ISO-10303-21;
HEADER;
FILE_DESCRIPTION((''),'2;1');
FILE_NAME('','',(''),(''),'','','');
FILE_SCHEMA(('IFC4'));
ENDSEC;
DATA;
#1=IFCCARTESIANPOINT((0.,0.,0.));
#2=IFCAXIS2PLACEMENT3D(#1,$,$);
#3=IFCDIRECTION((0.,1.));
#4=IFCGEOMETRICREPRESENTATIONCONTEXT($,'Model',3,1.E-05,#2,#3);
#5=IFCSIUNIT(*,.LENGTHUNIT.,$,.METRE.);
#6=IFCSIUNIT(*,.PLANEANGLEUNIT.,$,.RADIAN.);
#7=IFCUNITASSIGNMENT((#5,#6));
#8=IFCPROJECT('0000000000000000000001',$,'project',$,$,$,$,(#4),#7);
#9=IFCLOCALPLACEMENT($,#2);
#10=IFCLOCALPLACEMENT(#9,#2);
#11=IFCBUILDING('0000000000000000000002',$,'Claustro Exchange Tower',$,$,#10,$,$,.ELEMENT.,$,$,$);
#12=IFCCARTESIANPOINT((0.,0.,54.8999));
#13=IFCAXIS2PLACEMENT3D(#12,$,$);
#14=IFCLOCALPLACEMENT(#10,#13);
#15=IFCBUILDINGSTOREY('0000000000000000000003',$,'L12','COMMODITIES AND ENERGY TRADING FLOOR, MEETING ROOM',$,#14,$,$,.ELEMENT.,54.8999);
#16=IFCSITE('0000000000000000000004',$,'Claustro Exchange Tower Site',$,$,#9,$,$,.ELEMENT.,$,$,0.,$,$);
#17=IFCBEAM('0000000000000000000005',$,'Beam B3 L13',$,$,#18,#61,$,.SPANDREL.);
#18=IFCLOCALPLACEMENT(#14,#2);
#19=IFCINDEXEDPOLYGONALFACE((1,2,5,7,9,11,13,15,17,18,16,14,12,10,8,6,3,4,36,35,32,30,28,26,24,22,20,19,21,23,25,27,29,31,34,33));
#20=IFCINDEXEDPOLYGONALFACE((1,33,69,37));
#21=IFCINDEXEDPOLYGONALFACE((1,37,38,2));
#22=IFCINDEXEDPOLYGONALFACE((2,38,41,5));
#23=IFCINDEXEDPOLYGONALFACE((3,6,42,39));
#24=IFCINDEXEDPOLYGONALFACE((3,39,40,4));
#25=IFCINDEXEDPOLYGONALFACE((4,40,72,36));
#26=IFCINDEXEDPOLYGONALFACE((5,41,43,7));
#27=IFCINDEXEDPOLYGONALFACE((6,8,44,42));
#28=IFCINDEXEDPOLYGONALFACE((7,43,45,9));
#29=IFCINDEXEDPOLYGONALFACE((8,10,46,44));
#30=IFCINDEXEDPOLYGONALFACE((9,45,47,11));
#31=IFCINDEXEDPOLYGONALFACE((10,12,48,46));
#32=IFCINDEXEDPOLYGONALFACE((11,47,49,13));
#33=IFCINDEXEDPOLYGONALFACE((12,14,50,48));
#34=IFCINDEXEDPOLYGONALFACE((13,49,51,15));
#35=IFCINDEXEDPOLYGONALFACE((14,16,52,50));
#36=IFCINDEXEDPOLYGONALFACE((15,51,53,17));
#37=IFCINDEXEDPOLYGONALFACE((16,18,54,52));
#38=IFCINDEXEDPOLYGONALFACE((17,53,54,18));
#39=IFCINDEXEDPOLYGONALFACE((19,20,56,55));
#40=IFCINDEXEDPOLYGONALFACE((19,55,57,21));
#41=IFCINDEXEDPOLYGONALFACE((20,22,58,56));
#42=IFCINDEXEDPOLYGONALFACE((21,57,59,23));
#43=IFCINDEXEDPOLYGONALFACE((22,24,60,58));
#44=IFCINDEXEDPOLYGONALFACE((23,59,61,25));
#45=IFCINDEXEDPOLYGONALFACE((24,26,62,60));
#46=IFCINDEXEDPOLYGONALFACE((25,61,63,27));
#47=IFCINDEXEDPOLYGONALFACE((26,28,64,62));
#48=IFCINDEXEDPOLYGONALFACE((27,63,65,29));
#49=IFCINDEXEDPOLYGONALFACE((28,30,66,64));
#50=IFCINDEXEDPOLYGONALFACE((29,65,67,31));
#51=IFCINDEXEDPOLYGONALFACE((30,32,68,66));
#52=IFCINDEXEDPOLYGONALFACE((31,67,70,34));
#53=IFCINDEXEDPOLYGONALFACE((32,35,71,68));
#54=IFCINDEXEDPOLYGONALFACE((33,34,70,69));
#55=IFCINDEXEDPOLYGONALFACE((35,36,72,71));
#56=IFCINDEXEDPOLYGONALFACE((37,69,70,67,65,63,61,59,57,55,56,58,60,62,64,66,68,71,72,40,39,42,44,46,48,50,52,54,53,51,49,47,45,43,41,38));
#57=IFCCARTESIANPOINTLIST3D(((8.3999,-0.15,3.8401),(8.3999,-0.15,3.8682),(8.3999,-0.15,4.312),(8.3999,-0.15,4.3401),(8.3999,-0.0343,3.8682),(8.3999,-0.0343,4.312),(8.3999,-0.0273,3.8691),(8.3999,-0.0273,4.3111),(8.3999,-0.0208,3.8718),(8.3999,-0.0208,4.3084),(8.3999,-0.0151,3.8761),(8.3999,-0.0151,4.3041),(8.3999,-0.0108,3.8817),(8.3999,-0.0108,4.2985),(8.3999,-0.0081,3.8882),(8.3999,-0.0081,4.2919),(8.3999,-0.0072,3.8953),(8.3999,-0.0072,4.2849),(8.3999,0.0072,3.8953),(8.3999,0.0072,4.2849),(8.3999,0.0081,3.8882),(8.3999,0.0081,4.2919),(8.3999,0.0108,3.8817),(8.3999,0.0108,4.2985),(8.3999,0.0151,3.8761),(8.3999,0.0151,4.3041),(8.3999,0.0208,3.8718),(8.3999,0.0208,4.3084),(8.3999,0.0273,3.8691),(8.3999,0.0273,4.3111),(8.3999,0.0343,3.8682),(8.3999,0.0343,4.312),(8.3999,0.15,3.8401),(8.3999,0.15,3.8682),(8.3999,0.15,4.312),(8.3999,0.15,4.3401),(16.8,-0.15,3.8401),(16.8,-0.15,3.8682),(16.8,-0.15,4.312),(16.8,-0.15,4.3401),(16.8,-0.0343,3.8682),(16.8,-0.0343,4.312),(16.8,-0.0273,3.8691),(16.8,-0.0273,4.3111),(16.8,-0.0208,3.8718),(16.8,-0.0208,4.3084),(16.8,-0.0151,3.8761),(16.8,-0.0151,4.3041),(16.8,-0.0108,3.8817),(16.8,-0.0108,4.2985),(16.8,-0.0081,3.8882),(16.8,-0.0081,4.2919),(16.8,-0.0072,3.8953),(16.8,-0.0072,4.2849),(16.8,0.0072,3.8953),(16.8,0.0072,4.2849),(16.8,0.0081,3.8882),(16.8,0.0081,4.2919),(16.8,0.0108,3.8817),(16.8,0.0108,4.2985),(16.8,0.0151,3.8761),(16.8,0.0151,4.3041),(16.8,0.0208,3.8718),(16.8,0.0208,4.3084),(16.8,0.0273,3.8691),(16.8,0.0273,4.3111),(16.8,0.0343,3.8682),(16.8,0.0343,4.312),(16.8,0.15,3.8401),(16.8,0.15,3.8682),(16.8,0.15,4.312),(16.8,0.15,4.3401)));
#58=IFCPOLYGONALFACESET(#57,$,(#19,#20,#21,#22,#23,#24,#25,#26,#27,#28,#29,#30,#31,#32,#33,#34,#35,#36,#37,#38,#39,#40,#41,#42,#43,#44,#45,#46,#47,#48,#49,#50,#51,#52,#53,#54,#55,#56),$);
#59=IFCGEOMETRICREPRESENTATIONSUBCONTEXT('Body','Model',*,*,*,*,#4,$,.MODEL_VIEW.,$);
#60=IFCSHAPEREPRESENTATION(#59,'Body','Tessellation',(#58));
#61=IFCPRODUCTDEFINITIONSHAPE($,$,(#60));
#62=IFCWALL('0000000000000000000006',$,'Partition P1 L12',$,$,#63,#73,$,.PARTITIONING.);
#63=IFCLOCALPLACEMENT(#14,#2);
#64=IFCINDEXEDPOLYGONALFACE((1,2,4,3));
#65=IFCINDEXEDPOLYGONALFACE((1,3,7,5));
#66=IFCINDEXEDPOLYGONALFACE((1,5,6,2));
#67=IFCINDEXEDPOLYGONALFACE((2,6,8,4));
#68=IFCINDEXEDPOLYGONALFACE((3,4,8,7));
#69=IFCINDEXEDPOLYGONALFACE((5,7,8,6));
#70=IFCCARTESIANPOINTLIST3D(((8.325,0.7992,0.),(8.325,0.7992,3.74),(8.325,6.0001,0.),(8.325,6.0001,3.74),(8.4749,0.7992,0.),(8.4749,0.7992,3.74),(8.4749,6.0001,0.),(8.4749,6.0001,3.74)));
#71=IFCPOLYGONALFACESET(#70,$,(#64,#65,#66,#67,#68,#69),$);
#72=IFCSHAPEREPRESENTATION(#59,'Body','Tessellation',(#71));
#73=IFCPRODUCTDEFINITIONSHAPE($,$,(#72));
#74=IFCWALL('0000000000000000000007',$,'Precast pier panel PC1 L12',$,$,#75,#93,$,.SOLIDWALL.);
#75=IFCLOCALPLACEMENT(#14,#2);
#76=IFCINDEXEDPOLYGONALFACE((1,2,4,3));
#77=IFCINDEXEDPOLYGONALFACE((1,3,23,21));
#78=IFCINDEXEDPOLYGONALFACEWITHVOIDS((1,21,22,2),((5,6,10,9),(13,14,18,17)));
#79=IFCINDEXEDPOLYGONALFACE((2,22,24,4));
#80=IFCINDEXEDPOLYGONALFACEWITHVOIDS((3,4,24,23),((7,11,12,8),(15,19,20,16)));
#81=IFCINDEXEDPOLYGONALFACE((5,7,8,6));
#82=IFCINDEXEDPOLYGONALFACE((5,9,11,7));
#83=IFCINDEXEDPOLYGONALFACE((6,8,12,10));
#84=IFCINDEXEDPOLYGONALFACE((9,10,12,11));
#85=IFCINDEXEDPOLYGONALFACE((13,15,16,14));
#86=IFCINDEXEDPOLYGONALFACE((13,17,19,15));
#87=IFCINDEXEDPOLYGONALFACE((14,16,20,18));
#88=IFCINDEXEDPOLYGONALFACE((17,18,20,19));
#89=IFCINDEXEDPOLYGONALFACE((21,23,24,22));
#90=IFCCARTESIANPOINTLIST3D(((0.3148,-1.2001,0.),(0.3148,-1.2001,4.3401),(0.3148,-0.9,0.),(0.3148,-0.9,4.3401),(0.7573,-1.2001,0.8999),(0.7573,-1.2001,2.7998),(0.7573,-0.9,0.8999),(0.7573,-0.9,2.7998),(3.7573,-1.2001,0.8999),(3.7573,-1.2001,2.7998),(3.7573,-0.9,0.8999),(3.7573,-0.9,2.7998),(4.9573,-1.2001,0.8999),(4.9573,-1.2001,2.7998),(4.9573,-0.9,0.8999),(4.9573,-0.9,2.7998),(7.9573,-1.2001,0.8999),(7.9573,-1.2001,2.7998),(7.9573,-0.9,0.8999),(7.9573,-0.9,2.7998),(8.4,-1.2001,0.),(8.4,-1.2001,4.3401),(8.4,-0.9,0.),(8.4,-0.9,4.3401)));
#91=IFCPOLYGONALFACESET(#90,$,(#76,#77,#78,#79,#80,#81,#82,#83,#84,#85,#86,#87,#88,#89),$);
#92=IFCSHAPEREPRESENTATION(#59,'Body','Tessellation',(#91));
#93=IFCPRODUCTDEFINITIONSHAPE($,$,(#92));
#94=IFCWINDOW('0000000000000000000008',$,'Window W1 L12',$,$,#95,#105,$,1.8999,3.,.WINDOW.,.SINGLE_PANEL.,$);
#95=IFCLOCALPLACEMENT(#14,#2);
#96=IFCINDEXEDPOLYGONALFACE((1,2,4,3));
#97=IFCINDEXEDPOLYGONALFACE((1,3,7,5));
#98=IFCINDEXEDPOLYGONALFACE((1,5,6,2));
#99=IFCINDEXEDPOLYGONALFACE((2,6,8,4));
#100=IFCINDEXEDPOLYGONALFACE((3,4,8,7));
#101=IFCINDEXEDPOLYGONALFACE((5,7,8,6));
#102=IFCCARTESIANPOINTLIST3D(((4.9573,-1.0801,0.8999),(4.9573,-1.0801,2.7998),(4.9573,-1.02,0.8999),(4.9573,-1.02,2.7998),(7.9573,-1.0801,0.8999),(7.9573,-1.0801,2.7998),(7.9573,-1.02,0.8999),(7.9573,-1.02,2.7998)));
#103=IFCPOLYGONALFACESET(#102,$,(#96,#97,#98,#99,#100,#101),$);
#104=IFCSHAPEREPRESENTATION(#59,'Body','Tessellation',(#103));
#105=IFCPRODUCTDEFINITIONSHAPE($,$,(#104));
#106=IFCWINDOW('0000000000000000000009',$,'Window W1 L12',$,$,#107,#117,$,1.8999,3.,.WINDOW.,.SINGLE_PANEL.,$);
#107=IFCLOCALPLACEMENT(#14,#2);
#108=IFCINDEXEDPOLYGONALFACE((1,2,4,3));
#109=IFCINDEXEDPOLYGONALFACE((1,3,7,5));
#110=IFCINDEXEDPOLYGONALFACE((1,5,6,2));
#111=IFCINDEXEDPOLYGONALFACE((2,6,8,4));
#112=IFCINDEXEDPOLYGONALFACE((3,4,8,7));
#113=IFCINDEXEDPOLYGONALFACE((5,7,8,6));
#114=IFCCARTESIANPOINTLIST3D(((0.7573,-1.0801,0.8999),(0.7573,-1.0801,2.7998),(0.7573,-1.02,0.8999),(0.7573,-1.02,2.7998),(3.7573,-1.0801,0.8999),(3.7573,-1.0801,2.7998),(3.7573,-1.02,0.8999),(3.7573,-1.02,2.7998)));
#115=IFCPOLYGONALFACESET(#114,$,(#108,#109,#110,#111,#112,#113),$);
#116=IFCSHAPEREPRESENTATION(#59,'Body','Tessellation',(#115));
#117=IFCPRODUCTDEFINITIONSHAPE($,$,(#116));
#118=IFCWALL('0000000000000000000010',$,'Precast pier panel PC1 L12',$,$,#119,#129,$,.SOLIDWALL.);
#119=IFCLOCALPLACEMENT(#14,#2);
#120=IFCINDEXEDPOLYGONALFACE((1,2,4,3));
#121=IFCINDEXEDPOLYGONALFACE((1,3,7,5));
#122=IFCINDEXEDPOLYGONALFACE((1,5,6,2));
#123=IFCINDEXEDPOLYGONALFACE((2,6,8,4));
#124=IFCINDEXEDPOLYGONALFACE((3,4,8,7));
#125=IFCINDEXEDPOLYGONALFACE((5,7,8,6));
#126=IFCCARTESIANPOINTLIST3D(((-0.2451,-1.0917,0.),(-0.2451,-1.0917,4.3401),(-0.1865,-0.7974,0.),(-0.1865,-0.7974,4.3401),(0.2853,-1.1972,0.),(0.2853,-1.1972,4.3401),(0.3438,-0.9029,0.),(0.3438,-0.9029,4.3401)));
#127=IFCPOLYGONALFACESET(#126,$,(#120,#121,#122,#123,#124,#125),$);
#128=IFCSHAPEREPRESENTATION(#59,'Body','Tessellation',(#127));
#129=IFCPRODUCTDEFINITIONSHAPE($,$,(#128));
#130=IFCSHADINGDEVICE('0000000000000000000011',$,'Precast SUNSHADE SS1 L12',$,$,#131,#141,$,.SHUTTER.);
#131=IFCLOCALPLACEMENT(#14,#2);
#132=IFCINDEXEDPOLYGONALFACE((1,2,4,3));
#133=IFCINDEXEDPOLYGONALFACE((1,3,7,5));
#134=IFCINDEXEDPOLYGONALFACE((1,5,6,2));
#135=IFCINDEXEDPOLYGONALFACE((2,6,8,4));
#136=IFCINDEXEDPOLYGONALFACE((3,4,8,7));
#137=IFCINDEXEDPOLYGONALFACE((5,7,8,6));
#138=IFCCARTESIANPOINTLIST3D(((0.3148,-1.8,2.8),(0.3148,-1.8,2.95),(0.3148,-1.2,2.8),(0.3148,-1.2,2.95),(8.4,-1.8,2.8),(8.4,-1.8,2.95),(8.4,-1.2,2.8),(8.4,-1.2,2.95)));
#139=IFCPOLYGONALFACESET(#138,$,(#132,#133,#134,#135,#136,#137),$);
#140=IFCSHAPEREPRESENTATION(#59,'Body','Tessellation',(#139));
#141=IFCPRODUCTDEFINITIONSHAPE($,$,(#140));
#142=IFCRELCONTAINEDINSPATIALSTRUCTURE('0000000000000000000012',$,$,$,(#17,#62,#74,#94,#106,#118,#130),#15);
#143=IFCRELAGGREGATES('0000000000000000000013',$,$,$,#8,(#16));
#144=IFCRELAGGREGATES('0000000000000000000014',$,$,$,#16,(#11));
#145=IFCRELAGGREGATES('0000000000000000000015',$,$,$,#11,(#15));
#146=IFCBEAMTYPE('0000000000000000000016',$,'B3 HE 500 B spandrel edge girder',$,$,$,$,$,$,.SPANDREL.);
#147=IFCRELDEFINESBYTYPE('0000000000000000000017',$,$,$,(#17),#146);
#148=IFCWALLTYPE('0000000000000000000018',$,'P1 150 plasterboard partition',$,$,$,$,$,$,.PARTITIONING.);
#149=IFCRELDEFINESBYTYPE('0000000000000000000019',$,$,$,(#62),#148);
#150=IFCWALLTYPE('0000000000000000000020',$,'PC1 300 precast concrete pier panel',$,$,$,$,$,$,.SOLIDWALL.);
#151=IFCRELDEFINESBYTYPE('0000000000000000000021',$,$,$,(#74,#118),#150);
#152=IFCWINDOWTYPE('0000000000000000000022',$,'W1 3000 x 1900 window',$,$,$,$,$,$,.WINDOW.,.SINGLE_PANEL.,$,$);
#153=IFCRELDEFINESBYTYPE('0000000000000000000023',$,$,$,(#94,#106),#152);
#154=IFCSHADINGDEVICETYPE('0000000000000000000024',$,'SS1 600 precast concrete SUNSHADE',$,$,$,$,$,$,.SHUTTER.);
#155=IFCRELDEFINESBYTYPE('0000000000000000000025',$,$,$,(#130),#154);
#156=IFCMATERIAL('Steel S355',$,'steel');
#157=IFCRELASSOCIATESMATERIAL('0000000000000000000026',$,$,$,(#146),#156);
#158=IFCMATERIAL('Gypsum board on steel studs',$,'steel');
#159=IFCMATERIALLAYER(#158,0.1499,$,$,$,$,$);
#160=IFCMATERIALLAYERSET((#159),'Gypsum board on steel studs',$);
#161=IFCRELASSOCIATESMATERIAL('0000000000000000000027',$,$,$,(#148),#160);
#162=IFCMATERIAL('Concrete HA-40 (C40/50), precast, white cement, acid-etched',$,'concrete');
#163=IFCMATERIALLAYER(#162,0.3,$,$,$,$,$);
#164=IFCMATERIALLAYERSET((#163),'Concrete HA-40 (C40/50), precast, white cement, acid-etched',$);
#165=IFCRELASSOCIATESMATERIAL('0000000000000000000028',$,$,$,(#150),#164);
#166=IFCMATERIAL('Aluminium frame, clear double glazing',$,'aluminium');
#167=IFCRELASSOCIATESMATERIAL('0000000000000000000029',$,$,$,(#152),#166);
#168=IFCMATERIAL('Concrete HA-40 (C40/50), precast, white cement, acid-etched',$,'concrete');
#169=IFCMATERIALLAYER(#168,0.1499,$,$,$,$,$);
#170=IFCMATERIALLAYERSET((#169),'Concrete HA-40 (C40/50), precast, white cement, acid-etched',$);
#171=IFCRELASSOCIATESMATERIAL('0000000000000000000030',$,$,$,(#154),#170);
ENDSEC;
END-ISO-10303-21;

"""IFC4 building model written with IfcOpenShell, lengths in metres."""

from ifc_helpers import new_model, si_unit, direction, frame, frame_2d, origin, origin_2d, place, context, subcontext, project, spatial, rectangle, i_section, extrude, material, layer, layer_set, material_profile, profile_set, type_object, element, fill, save


model = new_model("IFC4")

# Units and contexts
model_context = context("Model", 3, precision=1e-05, world=origin(), true_north=direction((0.0, 1.0)))
body_context = subcontext(model_context, "Body", "Model", "MODEL_VIEW")
ifc_project = project(units=[si_unit("LENGTHUNIT", "METRE"), si_unit("PLANEANGLEUNIT", "RADIAN")], contexts=[model_context])

# Site, building, storey
site_placement = place(None, origin())
site = spatial("IfcSite", under=ifc_project, at=site_placement, Name="Claustro Exchange Tower Site", CompositionType="ELEMENT", RefElevation=0.0)
building_placement = place(site_placement, origin())
building = spatial("IfcBuilding", under=site, at=building_placement, Name="Claustro Exchange Tower", CompositionType="ELEMENT")
storey_placement = place(building_placement, frame((0.0, 0.0, 54.8999)))
storey = spatial("IfcBuildingStorey", under=building, at=storey_placement, Name="L12", Description="COMMODITIES AND ENERGY TRADING FLOOR, MEETING ROOM", CompositionType="ELEMENT", Elevation=54.8999)

# Beam
ifc_material_1 = material(Name="Steel S355", Category="steel")
ifc_material_profile_1 = material_profile(ifc_material_1, i_section(OverallWidth=0.3, OverallDepth=0.5, WebThickness=0.0144, FlangeThickness=0.0281, FilletRadius=0.0271, at=origin_2d()), Name="HE 500 B")
ifc_profile_set_1 = profile_set([ifc_material_profile_1], Name="Steel S355")
beam_type_1 = type_object("IfcBeamType", Name="B3 HE 500 B spandrel edge girder", PredefinedType="SPANDREL", material=ifc_profile_set_1)
beam_1_placement = place(storey_placement, frame((8.3999, 0.0, 4.0901), z_axis=(1.0, 0.0, 0.0), x_axis=(0.0, 1.0, 0.0)))
element("IfcBeam", 1, at=beam_1_placement, inside=storey, type_object=beam_type_1, Name="Beam B3 L13", PredefinedType="SPANDREL", context=body_context, shape_type="SweptSolid", body=[
    extrude(i_section(OverallWidth=0.3, OverallDepth=0.5, WebThickness=0.0144, FlangeThickness=0.0281, FilletRadius=0.0271, at=origin_2d()), origin(), (0.0, 0.0, 1.0), 8.4001),
])

# Wall
ifc_material_2 = material(Name="Gypsum board on steel studs", Category="steel")
ifc_layer_1 = layer(ifc_material_2, 0.1499)
ifc_layer_set_1 = layer_set([ifc_layer_1], Name="Gypsum board on steel studs")
wall_type_1 = type_object("IfcWallType", Name="P1 150 plasterboard partition", PredefinedType="PARTITIONING", material=ifc_layer_set_1)
wall_1_placement = place(storey_placement, frame((8.3999, 0.7991, 0.0), z_axis=(0.0, 0.0, 1.0), x_axis=(0.0, 1.0, 0.0)))
element("IfcWall", 2, at=wall_1_placement, inside=storey, type_object=wall_type_1, Name="Partition P1 L12", PredefinedType="PARTITIONING", context=body_context, shape_type="SweptSolid", body=[
    extrude(rectangle(XDim=5.2009, YDim=0.1499, at=frame_2d((2.6006, 0.0))), origin(), (0.0, 0.0, 1.0), 3.74),
])

# Wall, openings, windows
ifc_material_3 = material(Name="Concrete HA-40 (C40/50), precast, white cement, acid-etched", Category="concrete")
ifc_layer_2 = layer(ifc_material_3, 0.3)
ifc_layer_set_2 = layer_set([ifc_layer_2], Name="Concrete HA-40 (C40/50), precast, white cement, acid-etched")
wall_type_2 = type_object("IfcWallType", Name="PC1 300 precast concrete pier panel", PredefinedType="SOLIDWALL", material=ifc_layer_set_2)
wall_2_placement = place(storey_placement, frame((8.3999, -1.05, 0.0), z_axis=(0.0, 0.0, 1.0), x_axis=(-1.0, 0.0, 0.0)))
wall_2 = element("IfcWall", 3, at=wall_2_placement, inside=storey, type_object=wall_type_2, Name="Precast pier panel PC1 L12", PredefinedType="SOLIDWALL", context=body_context, shape_type="SweptSolid", body=[
    extrude(rectangle(XDim=8.0852, YDim=0.3, at=frame_2d((4.0425, 0.0))), origin(), (0.0, 0.0, 1.0), 4.3401),
])
opening_1_placement = place(wall_2_placement, frame((0.4426, 0.0, 0.8999)))
opening_1 = element("IfcOpeningElement", 4, at=opening_1_placement, cuts=wall_2, PredefinedType="OPENING", context=body_context, shape_type="SweptSolid", body=[
    extrude(rectangle(XDim=3.0, YDim=1.8999, at=frame_2d((1.5, 0.95))), frame((0.0, 0.1599, 0.0), z_axis=(0.0, -1.0, 0.0), x_axis=(1.0, 0.0, 0.0)), (0.0, 0.0, 1.0), 0.3201),
])
opening_2_placement = place(wall_2_placement, frame((4.6426, 0.0, 0.8999)))
opening_2 = element("IfcOpeningElement", 5, at=opening_2_placement, cuts=wall_2, PredefinedType="OPENING", context=body_context, shape_type="SweptSolid", body=[
    extrude(rectangle(XDim=3.0, YDim=1.8999, at=frame_2d((1.5, 0.95))), frame((0.0, 0.1599, 0.0), z_axis=(0.0, -1.0, 0.0), x_axis=(1.0, 0.0, 0.0)), (0.0, 0.0, 1.0), 0.3201),
])
ifc_material_4 = material(Name="Aluminium frame, clear double glazing", Category="aluminium")
window_type = type_object("IfcWindowType", Name="W1 3000 x 1900 window", PartitioningType="SINGLE_PANEL", PredefinedType="WINDOW", material=ifc_material_4)
window_1_placement = place(opening_1_placement, origin())
window_1 = element("IfcWindow", 6, at=window_1_placement, inside=storey, type_object=window_type, Name="Window W1 L12", OverallHeight=1.8999, OverallWidth=3.0, PartitioningType="SINGLE_PANEL", PredefinedType="WINDOW", context=body_context, shape_type="SweptSolid", body=[
    extrude(rectangle(XDim=3.0, YDim=1.8999, at=frame_2d((1.5, 0.95))), frame((0.0, 0.03, 0.0), z_axis=(0.0, -1.0, 0.0), x_axis=(1.0, 0.0, 0.0)), (0.0, 0.0, 1.0), 0.0601),
])
fill(opening_1, window_1)
window_2_placement = place(opening_2_placement, origin())
window_2 = element("IfcWindow", 7, at=window_2_placement, inside=storey, type_object=window_type, Name="Window W1 L12", OverallHeight=1.8999, OverallWidth=3.0, PartitioningType="SINGLE_PANEL", PredefinedType="WINDOW", context=body_context, shape_type="SweptSolid", body=[
    extrude(rectangle(XDim=3.0, YDim=1.8999, at=frame_2d((1.5, 0.95))), frame((0.0, 0.03, 0.0), z_axis=(0.0, -1.0, 0.0), x_axis=(1.0, 0.0, 0.0)), (0.0, 0.0, 1.0), 0.0601),
])
fill(opening_2, window_2)

# Wall
wall_3_placement = place(storey_placement, frame((0.3147, -1.05, 0.0), z_axis=(0.0, 0.0, 1.0), x_axis=(-0.980789, 0.195074, 0.0)))
element("IfcWall", 8, at=wall_3_placement, inside=storey, type_object=wall_type_2, Name="Precast pier panel PC1 L12", PredefinedType="SOLIDWALL", context=body_context, shape_type="SweptSolid", body=[
    extrude(rectangle(XDim=0.5408, YDim=0.3, at=frame_2d((0.2705, 0.0))), origin(), (0.0, 0.0, 1.0), 4.3401),
])

# Shading device
ifc_material_5 = material(Name="Concrete HA-40 (C40/50), precast, white cement, acid-etched", Category="concrete")
ifc_layer_3 = layer(ifc_material_5, 0.1499)
ifc_layer_set_3 = layer_set([ifc_layer_3], Name="Concrete HA-40 (C40/50), precast, white cement, acid-etched")
shading_device_type = type_object("IfcShadingDeviceType", Name="SS1 600 precast concrete SUNSHADE", PredefinedType="SHUTTER", material=ifc_layer_set_3)
shading_device_placement = place(storey_placement, frame((4.3574, -1.5, 2.8), z_axis=(0.0, 0.0, 1.0), x_axis=(-1.0, 0.0, 0.0)))
element("IfcShadingDevice", 9, at=shading_device_placement, inside=storey, type_object=shading_device_type, Name="Precast SUNSHADE SS1 L12", PredefinedType="SHUTTER", context=body_context, shape_type="SweptSolid", body=[
    extrude(rectangle(XDim=8.0852, YDim=0.6001, at=origin_2d()), origin(), (0.0, 0.0, 1.0), 0.1499),
])

save(model, "model.ifc")
